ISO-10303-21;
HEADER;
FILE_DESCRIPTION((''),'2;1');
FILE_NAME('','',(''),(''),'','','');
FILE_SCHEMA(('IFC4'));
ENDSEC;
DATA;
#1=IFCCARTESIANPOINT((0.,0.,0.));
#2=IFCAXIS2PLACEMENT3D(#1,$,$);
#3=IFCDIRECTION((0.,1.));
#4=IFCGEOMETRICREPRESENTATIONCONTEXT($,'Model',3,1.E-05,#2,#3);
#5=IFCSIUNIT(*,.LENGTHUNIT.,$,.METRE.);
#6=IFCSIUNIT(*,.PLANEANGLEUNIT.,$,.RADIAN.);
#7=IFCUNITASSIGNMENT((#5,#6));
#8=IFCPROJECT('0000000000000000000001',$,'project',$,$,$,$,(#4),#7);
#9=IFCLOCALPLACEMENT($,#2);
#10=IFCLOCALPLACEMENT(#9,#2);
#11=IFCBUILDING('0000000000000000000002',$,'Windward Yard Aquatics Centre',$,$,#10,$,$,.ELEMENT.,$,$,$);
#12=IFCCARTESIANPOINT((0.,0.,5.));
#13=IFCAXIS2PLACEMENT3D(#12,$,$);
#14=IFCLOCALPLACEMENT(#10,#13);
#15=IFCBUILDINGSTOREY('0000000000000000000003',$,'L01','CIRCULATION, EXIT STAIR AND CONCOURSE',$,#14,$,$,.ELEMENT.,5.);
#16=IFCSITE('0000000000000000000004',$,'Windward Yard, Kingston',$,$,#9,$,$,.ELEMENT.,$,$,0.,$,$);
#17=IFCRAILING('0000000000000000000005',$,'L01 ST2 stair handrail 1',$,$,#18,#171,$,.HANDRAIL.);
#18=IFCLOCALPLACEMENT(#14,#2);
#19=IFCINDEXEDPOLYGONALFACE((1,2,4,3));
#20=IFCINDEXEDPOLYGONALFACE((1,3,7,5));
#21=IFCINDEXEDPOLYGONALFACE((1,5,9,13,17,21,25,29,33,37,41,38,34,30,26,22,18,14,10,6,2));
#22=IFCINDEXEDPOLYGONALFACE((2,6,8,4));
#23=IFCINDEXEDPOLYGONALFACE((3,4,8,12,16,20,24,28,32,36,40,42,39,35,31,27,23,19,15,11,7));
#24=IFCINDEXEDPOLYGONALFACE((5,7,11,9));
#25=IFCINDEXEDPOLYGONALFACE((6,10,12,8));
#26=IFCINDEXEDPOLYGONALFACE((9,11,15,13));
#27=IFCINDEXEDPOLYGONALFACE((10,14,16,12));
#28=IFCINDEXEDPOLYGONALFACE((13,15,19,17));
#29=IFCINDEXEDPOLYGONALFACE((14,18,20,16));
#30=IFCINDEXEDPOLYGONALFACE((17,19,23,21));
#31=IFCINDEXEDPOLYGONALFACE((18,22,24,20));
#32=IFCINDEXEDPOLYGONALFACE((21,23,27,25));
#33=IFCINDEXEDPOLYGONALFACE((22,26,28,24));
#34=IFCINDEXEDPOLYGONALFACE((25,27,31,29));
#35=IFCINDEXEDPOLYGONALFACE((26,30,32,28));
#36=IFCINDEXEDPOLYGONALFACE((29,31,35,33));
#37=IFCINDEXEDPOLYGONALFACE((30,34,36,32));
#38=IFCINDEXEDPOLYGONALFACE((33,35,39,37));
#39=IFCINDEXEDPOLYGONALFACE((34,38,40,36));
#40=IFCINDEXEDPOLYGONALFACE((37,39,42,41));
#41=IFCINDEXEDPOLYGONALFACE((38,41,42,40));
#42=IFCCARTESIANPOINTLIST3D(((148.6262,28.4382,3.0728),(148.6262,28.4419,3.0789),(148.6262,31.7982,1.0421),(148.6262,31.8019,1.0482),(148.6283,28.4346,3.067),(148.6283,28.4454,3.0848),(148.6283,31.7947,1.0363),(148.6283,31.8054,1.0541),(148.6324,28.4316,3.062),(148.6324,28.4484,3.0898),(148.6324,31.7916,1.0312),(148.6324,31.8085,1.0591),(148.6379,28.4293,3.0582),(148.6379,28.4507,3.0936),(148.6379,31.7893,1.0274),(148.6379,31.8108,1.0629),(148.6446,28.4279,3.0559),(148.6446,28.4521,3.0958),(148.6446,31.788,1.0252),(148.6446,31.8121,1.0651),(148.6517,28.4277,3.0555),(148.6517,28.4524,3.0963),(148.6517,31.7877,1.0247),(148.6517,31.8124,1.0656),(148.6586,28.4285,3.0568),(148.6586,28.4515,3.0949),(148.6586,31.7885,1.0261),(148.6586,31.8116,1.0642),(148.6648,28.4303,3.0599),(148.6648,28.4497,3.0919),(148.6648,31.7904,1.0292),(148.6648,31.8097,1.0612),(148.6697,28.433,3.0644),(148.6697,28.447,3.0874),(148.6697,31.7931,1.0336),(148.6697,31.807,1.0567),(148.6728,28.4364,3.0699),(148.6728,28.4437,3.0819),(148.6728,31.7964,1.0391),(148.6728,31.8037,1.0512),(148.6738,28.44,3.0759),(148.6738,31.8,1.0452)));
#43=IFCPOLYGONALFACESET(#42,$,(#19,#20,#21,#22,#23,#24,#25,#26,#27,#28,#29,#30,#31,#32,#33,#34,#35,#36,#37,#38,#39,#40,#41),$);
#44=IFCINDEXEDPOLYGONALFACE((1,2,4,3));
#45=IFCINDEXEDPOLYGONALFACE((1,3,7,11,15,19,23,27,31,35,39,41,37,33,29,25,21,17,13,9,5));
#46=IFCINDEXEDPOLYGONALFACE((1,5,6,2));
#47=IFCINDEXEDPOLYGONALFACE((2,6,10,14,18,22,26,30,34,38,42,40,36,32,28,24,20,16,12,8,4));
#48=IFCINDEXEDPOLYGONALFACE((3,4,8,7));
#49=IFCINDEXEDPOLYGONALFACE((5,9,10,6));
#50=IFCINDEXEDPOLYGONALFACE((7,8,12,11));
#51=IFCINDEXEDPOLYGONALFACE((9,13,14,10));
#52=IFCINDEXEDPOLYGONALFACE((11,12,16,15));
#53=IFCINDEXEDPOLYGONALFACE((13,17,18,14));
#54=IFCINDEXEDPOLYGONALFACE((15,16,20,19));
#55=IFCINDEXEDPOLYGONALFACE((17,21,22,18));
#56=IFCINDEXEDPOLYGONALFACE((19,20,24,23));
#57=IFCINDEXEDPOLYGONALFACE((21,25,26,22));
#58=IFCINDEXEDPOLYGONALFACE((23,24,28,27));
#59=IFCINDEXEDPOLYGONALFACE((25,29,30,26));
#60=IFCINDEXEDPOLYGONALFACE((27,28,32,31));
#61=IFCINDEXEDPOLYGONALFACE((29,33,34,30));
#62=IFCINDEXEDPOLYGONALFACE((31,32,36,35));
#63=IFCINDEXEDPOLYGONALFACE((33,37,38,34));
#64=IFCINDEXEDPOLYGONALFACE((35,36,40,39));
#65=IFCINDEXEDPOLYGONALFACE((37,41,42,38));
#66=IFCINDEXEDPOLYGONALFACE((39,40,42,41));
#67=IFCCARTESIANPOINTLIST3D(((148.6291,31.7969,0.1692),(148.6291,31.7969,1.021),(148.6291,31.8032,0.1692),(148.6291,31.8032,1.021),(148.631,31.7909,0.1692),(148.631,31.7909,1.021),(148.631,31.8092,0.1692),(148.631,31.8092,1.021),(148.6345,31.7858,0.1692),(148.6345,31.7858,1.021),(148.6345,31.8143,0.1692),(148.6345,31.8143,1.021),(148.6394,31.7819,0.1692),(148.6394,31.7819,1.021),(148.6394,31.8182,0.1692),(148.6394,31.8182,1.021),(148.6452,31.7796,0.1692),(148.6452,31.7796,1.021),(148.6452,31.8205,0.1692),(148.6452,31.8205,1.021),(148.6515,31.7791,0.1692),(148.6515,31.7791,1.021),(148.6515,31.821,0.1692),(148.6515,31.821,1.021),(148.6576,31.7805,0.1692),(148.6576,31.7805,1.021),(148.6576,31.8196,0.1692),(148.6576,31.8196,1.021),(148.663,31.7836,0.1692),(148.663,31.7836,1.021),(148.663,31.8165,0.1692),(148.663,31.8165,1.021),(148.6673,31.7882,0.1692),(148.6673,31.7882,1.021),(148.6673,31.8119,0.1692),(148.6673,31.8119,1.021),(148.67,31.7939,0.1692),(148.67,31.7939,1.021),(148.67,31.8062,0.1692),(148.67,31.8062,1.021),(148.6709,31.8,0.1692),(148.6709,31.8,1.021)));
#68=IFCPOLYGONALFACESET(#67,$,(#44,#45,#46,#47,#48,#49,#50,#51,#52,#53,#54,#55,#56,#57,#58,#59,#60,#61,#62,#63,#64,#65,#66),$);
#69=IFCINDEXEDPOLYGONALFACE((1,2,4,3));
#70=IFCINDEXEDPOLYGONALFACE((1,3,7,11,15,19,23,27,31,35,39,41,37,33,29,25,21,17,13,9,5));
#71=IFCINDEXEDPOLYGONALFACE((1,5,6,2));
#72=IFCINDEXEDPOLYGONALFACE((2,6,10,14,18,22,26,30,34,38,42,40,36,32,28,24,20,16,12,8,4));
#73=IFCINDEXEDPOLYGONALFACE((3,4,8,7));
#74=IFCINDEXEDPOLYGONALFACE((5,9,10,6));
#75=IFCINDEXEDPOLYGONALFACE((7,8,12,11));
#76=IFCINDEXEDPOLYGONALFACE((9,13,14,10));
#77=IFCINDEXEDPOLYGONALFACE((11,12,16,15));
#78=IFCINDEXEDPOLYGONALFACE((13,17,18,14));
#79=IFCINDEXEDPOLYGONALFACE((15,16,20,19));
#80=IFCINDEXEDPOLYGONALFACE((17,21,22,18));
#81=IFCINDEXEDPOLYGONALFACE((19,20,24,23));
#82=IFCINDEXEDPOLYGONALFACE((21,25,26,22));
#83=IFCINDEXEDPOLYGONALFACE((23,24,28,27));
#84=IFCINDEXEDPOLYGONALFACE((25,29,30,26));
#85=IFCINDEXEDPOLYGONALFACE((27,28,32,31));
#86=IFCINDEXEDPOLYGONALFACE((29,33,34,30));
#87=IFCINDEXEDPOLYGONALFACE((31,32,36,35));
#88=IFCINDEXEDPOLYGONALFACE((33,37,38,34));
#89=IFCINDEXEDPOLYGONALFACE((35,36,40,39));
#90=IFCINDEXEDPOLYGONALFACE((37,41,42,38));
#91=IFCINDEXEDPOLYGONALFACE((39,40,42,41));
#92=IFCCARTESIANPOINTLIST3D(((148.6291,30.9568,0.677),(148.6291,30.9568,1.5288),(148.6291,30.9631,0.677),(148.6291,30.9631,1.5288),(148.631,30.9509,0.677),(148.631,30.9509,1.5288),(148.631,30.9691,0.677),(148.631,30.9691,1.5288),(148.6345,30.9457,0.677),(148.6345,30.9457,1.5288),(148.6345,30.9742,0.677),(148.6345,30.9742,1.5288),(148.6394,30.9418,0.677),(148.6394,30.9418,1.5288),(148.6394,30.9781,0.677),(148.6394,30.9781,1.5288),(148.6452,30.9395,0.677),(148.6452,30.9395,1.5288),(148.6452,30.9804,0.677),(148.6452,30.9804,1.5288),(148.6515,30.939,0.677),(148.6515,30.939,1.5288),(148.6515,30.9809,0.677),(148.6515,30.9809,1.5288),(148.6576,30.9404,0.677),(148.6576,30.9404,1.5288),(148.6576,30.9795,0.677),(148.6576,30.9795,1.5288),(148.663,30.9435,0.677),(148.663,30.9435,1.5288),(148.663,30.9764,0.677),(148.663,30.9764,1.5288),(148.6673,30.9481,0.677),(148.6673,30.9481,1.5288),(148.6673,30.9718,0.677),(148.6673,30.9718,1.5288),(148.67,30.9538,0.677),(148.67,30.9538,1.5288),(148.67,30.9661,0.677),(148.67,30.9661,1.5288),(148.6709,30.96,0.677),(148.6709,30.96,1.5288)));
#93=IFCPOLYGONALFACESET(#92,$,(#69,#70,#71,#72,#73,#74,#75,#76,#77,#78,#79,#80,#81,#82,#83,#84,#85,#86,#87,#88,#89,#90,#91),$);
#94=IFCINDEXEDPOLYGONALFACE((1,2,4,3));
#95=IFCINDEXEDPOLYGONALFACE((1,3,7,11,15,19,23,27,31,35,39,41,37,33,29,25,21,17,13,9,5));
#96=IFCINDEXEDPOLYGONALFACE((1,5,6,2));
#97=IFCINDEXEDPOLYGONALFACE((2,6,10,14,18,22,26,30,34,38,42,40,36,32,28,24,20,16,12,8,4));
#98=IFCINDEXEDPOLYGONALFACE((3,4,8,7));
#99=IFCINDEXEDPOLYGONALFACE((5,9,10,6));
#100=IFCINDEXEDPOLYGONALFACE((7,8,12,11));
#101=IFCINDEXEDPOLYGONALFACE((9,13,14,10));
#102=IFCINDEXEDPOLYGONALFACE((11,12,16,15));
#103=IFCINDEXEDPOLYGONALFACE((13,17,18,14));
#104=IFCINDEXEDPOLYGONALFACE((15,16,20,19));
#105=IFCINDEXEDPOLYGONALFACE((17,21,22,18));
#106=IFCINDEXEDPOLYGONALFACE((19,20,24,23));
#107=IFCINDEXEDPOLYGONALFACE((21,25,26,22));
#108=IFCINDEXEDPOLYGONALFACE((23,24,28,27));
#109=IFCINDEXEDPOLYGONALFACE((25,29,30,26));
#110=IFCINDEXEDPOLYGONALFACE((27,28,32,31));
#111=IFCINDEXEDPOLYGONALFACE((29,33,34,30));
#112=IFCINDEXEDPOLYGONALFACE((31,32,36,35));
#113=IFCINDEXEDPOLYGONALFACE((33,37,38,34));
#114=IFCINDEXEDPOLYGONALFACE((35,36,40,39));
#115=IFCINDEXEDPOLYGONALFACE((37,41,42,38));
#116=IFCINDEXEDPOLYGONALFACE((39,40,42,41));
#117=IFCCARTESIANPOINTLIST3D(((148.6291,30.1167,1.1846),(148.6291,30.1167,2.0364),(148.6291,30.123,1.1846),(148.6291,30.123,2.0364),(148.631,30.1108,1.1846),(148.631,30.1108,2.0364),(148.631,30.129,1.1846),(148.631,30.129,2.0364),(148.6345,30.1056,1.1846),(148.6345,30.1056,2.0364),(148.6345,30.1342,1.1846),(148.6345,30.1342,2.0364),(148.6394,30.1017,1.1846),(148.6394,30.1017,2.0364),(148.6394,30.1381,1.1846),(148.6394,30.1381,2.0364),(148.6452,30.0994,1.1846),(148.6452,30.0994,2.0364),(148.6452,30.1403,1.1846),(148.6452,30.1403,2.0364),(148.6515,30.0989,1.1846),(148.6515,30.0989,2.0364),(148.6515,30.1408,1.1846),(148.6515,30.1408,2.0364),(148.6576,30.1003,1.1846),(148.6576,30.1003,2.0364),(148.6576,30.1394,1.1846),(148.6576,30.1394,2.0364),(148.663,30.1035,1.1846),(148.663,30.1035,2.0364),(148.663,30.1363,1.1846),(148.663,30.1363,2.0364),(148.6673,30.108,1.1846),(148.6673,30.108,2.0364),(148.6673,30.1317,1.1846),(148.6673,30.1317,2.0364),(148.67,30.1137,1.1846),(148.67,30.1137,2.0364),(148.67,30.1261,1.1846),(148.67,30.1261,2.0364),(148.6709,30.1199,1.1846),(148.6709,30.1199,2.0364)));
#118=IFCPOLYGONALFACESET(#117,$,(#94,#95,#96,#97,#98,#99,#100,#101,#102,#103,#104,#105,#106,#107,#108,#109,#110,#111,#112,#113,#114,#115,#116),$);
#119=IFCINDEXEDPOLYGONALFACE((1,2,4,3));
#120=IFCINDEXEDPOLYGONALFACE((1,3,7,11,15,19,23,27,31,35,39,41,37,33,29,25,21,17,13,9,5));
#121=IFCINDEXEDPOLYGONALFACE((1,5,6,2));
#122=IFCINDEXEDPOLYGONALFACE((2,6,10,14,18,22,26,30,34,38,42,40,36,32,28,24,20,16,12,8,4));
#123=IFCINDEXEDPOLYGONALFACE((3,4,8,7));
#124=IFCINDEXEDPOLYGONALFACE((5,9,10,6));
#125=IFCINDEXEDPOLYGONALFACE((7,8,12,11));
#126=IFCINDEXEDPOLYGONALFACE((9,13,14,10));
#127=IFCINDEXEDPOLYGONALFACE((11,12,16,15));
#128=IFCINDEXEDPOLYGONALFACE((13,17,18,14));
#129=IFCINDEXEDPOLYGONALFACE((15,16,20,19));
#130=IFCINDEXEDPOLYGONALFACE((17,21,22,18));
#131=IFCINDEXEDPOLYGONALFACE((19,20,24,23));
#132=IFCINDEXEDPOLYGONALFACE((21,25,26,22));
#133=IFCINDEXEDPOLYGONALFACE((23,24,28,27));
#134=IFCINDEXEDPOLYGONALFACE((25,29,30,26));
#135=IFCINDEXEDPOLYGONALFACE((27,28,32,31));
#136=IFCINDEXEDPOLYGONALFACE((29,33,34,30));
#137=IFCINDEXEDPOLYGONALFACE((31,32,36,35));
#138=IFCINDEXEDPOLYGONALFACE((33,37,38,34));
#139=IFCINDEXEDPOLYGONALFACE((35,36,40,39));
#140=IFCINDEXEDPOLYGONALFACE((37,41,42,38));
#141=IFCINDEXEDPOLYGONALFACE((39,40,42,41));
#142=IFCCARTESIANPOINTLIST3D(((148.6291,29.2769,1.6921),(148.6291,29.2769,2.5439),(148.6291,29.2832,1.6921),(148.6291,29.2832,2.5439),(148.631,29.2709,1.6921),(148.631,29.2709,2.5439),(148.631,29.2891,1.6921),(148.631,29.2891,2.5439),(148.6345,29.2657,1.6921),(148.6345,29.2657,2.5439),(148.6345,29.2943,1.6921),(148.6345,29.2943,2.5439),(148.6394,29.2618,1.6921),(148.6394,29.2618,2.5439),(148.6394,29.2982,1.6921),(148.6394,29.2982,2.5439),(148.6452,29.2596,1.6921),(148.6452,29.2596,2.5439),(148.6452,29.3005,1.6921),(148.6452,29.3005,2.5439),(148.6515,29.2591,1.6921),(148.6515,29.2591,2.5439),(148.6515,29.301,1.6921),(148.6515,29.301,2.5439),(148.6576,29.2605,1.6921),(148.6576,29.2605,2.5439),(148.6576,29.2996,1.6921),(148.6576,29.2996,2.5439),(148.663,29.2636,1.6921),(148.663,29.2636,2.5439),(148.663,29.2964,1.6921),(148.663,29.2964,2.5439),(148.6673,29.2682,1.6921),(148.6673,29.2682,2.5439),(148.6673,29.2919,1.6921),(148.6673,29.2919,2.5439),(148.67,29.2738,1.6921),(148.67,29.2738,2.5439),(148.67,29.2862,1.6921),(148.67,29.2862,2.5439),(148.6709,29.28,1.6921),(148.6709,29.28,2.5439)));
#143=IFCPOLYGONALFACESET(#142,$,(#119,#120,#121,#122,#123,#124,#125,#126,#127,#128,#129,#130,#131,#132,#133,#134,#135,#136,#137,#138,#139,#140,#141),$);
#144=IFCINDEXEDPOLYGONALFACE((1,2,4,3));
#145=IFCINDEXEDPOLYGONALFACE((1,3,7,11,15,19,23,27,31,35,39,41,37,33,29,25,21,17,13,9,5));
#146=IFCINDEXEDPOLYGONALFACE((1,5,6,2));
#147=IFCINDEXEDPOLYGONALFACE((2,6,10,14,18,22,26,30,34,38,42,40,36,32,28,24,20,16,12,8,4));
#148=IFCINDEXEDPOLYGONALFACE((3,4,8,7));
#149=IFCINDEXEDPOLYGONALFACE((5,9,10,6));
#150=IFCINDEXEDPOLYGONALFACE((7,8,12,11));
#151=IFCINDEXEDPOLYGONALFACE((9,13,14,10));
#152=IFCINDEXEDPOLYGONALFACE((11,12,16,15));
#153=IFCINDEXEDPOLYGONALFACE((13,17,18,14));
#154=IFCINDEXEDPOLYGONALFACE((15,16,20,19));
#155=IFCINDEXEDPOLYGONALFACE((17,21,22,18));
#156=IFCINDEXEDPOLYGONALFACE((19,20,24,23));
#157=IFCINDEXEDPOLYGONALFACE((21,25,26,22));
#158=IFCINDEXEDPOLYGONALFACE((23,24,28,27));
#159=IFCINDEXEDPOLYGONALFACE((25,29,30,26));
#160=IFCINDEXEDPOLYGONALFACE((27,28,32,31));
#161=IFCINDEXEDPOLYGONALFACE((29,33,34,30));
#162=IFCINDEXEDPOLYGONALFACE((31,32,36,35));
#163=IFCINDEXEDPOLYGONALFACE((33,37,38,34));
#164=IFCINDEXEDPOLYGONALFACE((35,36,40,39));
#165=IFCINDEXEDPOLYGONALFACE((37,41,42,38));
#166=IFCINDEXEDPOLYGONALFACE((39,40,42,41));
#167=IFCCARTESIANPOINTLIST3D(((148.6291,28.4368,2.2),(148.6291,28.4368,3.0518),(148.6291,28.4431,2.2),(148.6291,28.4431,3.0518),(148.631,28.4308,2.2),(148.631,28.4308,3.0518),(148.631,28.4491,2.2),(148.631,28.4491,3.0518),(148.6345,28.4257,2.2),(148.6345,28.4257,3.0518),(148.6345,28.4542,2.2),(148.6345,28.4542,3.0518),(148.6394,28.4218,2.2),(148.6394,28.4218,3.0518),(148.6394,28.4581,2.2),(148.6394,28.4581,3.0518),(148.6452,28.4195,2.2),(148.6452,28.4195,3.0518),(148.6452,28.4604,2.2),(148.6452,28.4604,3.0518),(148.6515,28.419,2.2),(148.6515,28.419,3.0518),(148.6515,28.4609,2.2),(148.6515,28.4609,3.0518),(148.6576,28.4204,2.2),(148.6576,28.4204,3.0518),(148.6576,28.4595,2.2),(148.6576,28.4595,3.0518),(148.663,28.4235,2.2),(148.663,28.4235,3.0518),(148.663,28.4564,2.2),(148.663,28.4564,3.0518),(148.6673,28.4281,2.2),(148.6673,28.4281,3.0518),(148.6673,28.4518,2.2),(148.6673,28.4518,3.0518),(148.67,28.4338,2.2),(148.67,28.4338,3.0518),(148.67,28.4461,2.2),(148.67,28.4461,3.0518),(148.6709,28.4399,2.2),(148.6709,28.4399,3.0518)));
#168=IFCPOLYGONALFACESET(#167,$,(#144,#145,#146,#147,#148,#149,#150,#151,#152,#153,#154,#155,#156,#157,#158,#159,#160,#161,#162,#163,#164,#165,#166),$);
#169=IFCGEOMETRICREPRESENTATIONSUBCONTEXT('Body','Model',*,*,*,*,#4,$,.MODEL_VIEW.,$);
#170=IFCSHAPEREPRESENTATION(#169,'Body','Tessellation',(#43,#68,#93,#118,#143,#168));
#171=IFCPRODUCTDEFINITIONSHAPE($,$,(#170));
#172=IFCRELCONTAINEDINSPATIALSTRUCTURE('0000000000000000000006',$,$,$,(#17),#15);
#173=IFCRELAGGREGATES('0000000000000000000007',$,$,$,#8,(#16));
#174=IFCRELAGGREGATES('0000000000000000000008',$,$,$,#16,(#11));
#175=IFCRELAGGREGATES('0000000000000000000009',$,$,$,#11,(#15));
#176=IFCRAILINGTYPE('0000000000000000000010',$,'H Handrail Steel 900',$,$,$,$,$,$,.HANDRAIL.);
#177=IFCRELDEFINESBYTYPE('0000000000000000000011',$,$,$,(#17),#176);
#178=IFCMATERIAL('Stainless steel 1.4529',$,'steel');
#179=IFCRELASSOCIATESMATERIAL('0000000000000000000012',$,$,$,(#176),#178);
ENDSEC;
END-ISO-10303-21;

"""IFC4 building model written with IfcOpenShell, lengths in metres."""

from ifc_helpers import new_model, si_unit, direction, frame, origin, origin_2d, place, context, subcontext, project, spatial, circle, extrude, material, type_object, element, save


model = new_model("IFC4")

# Units and contexts
model_context = context("Model", 3, precision=1e-05, world=origin(), true_north=direction((0.0, 1.0)))
body_context = subcontext(model_context, "Body", "Model", "MODEL_VIEW")
ifc_project = project(units=[si_unit("LENGTHUNIT", "METRE"), si_unit("PLANEANGLEUNIT", "RADIAN")], contexts=[model_context])

# Site, building, storey
site_placement = place(None, origin())
site = spatial("IfcSite", under=ifc_project, at=site_placement, Name="Windward Yard, Kingston", CompositionType="ELEMENT", RefElevation=0.0)
building_placement = place(site_placement, origin())
building = spatial("IfcBuilding", under=site, at=building_placement, Name="Windward Yard Aquatics Centre", CompositionType="ELEMENT")
storey_placement = place(building_placement, frame((0.0, 0.0, 5.0)))
storey = spatial("IfcBuildingStorey", under=building, at=storey_placement, Name="L01", Description="CIRCULATION, EXIT STAIR AND CONCOURSE", CompositionType="ELEMENT", Elevation=5.0)

# Railing
ifc_material_1 = material(Name="Stainless steel 1.4529", Category="steel")
railing_type_1 = type_object("IfcRailingType", Name="H Handrail Steel 900", PredefinedType="HANDRAIL", material=ifc_material_1)
railing_1_placement = place(storey_placement, frame((148.6499, 31.8, 0.1692)))
element("IfcRailing", 1, at=railing_1_placement, inside=storey, type_object=railing_type_1, Name="L01 ST2 stair handrail 1", PredefinedType="HANDRAIL", context=body_context, shape_type="SweptSolid", body=[
    extrude(circle(Radius=0.0239, at=origin_2d()), frame((0.0, 0.0, 0.876), z_axis=(0.0, -0.855837, 0.517246), x_axis=(1.0, 0.0, 0.0)), (0.0, 0.0, 1.0), 3.926),
    extrude(circle(Radius=0.021, at=origin_2d()), origin(), (0.0, 0.0, 1.0), 0.8518),
    extrude(circle(Radius=0.021, at=origin_2d()), frame((0.0, -0.8401, 0.5078)), (0.0, 0.0, 1.0), 0.8518),
    extrude(circle(Radius=0.021, at=origin_2d()), frame((0.0, -1.6802, 1.0154)), (0.0, 0.0, 1.0), 0.8518),
    extrude(circle(Radius=0.021, at=origin_2d()), frame((0.0, -2.52, 1.5229)), (0.0, 0.0, 1.0), 0.8518),
    extrude(circle(Radius=0.021, at=origin_2d()), frame((0.0, -3.3601, 2.0308)), (0.0, 0.0, 1.0), 0.8518),
])

save(model, "model.ifc")
